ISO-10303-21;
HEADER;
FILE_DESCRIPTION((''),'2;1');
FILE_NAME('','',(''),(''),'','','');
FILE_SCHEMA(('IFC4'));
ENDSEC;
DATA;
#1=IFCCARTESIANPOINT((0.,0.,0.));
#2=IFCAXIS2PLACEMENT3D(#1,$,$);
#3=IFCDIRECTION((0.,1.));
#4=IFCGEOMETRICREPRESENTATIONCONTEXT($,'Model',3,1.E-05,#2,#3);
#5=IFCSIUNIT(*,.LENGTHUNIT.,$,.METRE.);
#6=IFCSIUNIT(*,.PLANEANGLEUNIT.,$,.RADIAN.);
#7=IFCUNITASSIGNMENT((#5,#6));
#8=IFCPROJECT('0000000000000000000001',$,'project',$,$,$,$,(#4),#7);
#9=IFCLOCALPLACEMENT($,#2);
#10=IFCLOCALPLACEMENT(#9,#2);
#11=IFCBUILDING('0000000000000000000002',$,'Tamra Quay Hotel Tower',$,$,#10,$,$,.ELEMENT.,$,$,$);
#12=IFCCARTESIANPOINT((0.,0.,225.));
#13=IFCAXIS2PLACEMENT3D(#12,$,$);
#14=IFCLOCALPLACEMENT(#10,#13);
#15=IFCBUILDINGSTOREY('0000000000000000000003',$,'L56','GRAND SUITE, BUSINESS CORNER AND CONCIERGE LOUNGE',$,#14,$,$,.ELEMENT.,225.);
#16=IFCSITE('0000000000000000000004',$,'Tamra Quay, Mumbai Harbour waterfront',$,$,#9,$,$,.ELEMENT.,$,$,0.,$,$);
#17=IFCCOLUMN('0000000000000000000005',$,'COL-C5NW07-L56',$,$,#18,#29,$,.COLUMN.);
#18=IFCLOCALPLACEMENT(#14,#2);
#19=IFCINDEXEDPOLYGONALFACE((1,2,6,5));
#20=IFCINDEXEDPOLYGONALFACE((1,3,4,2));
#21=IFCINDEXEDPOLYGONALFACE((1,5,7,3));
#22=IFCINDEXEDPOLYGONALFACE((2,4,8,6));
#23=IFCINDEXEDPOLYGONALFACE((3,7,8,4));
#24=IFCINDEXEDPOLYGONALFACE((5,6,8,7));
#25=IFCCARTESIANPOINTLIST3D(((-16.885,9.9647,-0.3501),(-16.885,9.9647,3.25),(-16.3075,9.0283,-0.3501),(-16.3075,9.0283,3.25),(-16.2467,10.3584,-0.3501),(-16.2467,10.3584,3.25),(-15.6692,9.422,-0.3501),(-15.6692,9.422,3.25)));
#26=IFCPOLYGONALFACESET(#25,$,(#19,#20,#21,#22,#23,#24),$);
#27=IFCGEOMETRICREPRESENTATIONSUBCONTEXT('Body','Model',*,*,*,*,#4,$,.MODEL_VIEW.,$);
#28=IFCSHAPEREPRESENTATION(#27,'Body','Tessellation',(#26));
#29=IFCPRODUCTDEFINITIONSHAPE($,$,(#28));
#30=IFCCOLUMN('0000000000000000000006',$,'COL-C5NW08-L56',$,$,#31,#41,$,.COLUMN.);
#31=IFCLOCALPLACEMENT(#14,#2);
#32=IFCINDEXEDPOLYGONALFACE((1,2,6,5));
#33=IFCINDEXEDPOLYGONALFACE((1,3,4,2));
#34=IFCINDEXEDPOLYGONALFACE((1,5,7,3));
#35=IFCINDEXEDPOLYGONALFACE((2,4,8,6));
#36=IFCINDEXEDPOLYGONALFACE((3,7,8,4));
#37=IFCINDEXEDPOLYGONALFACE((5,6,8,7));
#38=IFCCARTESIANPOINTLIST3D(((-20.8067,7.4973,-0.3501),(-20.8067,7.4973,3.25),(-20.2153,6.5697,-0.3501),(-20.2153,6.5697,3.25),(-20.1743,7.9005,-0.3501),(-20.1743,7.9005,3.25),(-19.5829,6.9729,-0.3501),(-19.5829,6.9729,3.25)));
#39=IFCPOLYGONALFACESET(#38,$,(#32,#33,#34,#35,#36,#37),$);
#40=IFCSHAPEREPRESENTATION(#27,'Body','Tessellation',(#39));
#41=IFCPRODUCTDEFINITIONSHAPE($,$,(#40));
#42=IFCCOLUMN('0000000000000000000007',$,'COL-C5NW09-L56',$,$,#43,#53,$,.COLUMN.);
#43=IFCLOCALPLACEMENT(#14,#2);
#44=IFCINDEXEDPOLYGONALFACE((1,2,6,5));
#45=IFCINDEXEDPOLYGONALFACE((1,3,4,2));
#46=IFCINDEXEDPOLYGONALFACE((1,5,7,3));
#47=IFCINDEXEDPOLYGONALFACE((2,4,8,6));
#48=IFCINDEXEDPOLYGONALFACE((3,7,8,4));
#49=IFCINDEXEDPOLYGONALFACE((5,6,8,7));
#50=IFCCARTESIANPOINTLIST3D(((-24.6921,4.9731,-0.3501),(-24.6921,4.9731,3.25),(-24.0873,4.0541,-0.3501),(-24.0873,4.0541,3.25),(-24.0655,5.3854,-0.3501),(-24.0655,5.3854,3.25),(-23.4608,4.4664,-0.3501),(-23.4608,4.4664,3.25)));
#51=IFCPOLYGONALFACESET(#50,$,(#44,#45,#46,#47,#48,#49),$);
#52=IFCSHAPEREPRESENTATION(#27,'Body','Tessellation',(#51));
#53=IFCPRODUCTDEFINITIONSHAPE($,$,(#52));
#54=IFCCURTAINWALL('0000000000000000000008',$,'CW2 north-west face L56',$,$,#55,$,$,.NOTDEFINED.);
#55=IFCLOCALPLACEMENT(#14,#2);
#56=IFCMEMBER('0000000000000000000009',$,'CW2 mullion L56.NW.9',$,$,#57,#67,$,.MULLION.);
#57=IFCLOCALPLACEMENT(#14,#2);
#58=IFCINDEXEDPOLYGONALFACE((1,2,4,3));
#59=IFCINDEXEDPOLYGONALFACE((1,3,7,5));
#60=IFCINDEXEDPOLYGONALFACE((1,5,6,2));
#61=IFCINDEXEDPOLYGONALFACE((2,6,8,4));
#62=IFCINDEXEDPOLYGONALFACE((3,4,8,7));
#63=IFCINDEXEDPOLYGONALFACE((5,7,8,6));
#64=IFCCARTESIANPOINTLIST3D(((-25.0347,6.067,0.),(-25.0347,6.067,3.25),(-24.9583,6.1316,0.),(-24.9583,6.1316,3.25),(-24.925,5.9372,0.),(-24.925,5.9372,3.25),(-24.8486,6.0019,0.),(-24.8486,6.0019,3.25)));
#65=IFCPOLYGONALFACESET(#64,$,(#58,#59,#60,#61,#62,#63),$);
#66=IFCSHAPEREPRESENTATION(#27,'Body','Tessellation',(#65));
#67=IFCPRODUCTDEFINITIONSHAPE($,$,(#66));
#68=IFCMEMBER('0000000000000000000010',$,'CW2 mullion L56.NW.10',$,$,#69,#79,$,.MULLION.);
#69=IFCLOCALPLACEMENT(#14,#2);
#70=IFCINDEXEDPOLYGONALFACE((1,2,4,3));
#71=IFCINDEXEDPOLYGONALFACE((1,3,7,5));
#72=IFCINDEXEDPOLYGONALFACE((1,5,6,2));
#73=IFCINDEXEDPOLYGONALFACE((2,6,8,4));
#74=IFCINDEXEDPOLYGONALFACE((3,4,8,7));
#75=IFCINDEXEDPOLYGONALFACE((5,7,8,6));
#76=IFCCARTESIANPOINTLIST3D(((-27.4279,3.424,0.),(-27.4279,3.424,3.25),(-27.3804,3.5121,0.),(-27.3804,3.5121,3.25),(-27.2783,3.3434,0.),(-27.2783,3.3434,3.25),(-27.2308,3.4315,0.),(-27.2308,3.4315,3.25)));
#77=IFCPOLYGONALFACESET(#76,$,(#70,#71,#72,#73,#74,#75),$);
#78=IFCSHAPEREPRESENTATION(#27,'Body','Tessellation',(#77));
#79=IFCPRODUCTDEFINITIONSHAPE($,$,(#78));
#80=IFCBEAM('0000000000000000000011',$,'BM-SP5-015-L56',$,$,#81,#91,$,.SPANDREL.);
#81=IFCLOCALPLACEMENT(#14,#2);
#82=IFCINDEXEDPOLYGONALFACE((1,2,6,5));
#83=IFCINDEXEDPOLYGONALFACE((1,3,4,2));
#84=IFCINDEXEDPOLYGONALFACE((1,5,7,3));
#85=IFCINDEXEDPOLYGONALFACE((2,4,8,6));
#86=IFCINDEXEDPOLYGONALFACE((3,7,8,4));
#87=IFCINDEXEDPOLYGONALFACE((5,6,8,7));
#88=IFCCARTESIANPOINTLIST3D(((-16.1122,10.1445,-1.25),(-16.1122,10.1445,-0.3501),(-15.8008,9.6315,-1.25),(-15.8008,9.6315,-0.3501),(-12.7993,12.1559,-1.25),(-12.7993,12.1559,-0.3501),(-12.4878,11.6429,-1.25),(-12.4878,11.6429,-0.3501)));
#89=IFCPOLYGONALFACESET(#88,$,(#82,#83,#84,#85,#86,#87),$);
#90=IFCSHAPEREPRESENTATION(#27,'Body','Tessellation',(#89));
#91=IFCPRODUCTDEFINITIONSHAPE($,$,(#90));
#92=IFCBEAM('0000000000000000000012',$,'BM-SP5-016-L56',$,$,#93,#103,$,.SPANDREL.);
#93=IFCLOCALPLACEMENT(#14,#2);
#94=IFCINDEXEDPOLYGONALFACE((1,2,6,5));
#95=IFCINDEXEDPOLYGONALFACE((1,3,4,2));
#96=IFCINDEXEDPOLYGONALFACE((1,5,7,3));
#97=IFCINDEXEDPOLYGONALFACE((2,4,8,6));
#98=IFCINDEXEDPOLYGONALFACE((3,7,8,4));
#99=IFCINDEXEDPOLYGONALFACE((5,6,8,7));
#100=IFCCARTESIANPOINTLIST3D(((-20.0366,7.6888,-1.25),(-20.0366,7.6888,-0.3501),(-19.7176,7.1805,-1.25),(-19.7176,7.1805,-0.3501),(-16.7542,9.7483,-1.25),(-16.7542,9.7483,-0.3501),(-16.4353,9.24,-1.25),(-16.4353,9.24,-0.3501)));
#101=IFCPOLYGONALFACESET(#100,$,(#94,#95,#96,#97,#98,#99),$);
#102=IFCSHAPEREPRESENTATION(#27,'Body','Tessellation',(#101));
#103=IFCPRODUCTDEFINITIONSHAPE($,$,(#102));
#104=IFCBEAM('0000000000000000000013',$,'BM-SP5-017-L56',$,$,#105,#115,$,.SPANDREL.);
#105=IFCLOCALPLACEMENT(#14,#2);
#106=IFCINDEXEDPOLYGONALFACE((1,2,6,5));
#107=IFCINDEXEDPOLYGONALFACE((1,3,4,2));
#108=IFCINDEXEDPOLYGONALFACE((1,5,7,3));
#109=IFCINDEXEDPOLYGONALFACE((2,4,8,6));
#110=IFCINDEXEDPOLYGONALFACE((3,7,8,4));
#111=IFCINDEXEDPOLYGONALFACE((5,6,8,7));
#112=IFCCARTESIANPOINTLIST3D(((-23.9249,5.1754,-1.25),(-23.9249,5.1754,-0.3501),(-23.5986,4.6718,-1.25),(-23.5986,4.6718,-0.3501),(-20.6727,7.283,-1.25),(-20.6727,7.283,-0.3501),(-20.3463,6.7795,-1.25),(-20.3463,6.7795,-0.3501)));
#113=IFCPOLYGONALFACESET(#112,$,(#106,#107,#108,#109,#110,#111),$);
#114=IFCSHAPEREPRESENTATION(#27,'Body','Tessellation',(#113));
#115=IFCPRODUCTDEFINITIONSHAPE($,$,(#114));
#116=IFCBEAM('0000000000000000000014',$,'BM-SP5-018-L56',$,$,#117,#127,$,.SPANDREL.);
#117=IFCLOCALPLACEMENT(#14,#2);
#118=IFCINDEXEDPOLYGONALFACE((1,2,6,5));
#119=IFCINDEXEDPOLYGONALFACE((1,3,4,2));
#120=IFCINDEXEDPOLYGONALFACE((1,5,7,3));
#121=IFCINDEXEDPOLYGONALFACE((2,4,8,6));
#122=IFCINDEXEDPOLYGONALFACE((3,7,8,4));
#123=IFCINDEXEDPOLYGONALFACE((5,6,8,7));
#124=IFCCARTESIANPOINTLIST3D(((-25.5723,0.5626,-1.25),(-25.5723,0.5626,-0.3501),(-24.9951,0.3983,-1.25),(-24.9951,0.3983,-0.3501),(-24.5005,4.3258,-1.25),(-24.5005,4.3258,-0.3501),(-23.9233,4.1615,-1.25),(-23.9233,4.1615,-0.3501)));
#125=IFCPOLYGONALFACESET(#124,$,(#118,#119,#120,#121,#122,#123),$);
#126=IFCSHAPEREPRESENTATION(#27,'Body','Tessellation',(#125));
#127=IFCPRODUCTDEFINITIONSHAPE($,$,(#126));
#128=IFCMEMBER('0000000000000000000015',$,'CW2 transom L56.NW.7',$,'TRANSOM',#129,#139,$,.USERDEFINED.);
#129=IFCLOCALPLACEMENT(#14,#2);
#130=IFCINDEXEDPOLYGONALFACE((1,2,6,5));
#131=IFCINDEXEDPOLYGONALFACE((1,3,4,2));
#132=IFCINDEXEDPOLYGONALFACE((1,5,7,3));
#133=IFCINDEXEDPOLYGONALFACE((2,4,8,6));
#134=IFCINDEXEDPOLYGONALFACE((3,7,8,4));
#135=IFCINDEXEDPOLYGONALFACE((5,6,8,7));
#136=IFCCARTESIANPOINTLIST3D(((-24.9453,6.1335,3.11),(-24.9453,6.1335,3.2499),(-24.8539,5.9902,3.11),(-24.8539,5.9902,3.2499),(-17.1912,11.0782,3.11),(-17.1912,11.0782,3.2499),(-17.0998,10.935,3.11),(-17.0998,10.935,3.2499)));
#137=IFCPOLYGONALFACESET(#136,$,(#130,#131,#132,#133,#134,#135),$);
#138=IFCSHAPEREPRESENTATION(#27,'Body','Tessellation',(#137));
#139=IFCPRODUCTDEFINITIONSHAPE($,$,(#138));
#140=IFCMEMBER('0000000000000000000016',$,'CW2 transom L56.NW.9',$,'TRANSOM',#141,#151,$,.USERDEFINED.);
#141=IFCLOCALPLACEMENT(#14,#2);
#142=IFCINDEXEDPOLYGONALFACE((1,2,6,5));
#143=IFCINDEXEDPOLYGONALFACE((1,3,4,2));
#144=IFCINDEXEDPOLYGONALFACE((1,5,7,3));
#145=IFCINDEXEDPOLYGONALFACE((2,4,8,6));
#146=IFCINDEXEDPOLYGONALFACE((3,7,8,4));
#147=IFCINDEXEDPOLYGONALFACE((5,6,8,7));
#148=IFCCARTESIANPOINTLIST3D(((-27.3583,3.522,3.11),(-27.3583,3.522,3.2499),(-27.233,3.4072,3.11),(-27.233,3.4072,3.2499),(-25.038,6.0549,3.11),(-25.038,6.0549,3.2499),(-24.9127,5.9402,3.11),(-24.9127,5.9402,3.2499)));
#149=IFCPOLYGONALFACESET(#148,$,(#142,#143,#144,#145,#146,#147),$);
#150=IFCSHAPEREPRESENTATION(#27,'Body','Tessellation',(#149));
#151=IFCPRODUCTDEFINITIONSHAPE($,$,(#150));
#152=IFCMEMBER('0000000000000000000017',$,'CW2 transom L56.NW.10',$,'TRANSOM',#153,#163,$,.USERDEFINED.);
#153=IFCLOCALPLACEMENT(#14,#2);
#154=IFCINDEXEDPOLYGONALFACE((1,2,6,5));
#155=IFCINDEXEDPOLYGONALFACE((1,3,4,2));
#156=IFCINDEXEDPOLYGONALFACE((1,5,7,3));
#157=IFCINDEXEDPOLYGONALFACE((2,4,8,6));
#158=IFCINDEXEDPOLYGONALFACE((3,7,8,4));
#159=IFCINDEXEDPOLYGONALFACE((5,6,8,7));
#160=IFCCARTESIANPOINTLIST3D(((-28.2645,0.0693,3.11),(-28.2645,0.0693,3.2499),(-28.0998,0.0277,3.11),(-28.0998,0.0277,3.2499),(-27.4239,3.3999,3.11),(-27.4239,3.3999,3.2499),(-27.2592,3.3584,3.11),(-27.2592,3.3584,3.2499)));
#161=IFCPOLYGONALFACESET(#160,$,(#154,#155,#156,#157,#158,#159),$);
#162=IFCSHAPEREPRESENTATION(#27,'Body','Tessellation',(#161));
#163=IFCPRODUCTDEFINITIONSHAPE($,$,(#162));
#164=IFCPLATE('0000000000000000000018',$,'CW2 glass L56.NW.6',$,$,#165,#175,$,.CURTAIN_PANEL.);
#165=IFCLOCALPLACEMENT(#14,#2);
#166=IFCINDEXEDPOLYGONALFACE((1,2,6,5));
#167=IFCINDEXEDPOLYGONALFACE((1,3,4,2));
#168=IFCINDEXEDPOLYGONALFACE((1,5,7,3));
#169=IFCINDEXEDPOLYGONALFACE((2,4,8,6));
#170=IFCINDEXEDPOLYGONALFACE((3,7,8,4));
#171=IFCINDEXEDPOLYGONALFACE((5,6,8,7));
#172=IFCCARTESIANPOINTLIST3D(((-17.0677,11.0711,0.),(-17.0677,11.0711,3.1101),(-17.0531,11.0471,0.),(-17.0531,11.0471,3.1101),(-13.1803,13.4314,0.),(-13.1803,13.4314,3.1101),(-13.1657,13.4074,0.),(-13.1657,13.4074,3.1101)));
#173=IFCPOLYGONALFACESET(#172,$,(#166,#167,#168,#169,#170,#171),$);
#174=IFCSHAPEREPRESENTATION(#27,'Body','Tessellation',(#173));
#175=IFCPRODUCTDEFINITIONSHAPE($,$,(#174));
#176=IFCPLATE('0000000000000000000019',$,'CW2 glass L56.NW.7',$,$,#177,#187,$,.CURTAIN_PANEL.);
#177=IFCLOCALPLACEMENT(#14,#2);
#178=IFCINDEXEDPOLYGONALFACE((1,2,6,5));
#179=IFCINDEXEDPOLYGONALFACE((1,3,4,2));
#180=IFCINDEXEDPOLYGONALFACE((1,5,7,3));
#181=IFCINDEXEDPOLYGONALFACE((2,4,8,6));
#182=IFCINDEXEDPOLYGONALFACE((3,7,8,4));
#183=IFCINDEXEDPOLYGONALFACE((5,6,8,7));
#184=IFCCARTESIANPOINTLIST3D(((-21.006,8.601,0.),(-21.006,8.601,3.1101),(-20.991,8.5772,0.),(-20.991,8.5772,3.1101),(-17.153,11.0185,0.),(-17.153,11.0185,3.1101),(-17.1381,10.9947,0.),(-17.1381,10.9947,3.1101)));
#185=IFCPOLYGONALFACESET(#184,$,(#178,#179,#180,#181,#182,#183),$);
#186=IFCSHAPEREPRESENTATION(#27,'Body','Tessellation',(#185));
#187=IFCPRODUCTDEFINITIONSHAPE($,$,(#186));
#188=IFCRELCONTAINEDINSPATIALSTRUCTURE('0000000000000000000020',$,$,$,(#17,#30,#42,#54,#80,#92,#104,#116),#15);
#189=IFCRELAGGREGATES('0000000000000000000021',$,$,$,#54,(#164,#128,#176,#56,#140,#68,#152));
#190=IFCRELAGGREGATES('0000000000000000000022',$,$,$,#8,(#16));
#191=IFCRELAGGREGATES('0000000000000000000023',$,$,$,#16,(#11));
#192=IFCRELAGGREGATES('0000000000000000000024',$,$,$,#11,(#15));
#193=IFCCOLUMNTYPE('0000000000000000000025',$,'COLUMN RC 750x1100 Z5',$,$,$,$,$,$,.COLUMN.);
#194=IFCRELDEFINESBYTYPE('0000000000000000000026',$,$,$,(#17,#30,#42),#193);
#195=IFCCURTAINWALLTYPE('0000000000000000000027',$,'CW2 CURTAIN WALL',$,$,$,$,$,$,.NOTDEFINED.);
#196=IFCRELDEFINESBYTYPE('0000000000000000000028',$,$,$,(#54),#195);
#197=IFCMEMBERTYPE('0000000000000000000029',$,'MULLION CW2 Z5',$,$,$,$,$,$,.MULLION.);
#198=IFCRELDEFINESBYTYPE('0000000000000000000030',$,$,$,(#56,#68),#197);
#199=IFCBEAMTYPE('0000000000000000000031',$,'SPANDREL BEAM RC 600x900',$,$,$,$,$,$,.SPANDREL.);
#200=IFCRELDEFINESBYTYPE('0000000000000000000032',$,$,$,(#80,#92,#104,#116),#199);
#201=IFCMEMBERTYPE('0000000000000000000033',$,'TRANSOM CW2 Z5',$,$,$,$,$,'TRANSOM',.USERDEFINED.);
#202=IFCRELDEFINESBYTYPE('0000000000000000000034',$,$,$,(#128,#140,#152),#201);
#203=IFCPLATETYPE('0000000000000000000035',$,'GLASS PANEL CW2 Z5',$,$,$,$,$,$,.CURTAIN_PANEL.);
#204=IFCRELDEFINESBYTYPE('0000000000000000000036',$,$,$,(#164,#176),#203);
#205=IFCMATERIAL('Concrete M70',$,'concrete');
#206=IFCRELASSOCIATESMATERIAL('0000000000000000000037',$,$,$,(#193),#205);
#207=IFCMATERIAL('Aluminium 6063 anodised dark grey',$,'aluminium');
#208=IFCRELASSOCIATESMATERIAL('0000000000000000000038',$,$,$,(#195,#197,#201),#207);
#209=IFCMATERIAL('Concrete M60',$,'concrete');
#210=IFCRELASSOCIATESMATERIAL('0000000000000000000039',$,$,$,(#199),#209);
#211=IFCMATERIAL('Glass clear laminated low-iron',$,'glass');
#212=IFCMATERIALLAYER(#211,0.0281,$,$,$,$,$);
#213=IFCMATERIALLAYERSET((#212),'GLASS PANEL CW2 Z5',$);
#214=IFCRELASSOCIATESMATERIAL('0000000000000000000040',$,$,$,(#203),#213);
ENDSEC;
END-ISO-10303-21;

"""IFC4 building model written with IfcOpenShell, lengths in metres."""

from ifc_helpers import new_model, si_unit, direction, frame, origin, origin_2d, place, context, subcontext, project, spatial, rectangle, extrude, material, layer, layer_set, material_profile, profile_set, type_object, element, aggregate, save


model = new_model("IFC4")

# Units and contexts
model_context = context("Model", 3, precision=1e-05, world=origin(), true_north=direction((0.0, 1.0)))
body_context = subcontext(model_context, "Body", "Model", "MODEL_VIEW")
ifc_project = project(units=[si_unit("LENGTHUNIT", "METRE"), si_unit("PLANEANGLEUNIT", "RADIAN")], contexts=[model_context])

# Site, building, storey
site_placement = place(None, origin())
site = spatial("IfcSite", under=ifc_project, at=site_placement, Name="Tamra Quay, Mumbai Harbour waterfront", CompositionType="ELEMENT", RefElevation=0.0)
building_placement = place(site_placement, origin())
building = spatial("IfcBuilding", under=site, at=building_placement, Name="Tamra Quay Hotel Tower", CompositionType="ELEMENT")
storey_placement = place(building_placement, frame((0.0, 0.0, 225.0)))
storey = spatial("IfcBuildingStorey", under=building, at=storey_placement, Name="L56", Description="GRAND SUITE, BUSINESS CORNER AND CONCIERGE LOUNGE", CompositionType="ELEMENT", Elevation=225.0)

# Columns
ifc_material_1 = material(Name="Concrete M70", Category="concrete")
ifc_material_profile_1 = material_profile(ifc_material_1, rectangle(XDim=1.1001, YDim=0.75, at=origin_2d()), Name="COLUMN RC 750x1100 Z5")
ifc_profile_set_1 = profile_set([ifc_material_profile_1], Name="Concrete M70")
column_type = type_object("IfcColumnType", Name="COLUMN RC 750x1100 Z5", PredefinedType="COLUMN", material=ifc_profile_set_1)
for number, where, z_axis, x_axis, name in (
    (1, (-16.2771, 9.6934, -0.3501), (0.0, 0.0, 1.0), (-0.524928, 0.851147, 0.0), "COL-C5NW07-L56"),
    (2, (-20.1948, 7.2351, -0.3501), (0.0, 0.0, 1.0), (-0.537585, 0.843209, 0.0), "COL-C5NW08-L56"),
    (3, (-24.0764, 4.7197, -0.3501), (0.0, 0.0, 1.0), (-0.549739, 0.835337, 0.0), "COL-C5NW09-L56"),
):
    element("IfcColumn", number, at=place(storey_placement, frame(where, z_axis=z_axis, x_axis=x_axis)), inside=storey, type_object=column_type, Name=name, PredefinedType="COLUMN", context=body_context, shape_type="SweptSolid", body=[
        extrude(rectangle(XDim=1.1001, YDim=0.75, at=origin_2d()), origin(), (0.0, 0.0, 1.0), 3.6001),
    ])

# Curtain wall, members
ifc_material_2 = material(Name="Aluminium 6063 anodised dark grey", Category="aluminium")
curtain_wall_type = type_object("IfcCurtainWallType", Name="CW2 CURTAIN WALL", PredefinedType="NOTDEFINED", material=ifc_material_2)
curtain_wall_placement = place(storey_placement, origin())
curtain_wall = element("IfcCurtainWall", 4, at=curtain_wall_placement, inside=storey, type_object=curtain_wall_type, Name="CW2 north-west face L56", PredefinedType="NOTDEFINED")
ifc_material_profile_2 = material_profile(ifc_material_2, rectangle(XDim=0.1699, YDim=0.1001, at=origin_2d()), Name="MULLION 100X170")
ifc_profile_set_2 = profile_set([ifc_material_profile_2], Name="Aluminium 6063 anodised dark grey")
member_type_1 = type_object("IfcMemberType", Name="MULLION CW2 Z5", PredefinedType="MULLION", material=ifc_profile_set_2)
member_1_placement = place(storey_placement, frame((-24.9417, 6.0344, 0.0), z_axis=(0.0, 0.0, 1.0), x_axis=(-0.645846, 0.763467, 0.0)))
member_1 = element("IfcMember", 5, at=member_1_placement, type_object=member_type_1, Name="CW2 mullion L56.NW.9", PredefinedType="MULLION", context=body_context, shape_type="SweptSolid", body=[
    extrude(rectangle(XDim=0.1699, YDim=0.1001, at=origin_2d()), origin(), (0.0, 0.0, 1.0), 3.25),
])
member_2_placement = place(storey_placement, frame((-27.3293, 3.4277, 0.0), z_axis=(0.0, 0.0, 1.0), x_axis=(-0.880267, 0.474479, 0.0)))
member_2 = element("IfcMember", 6, at=member_2_placement, type_object=member_type_1, Name="CW2 mullion L56.NW.10", PredefinedType="MULLION", context=body_context, shape_type="SweptSolid", body=[
    extrude(rectangle(XDim=0.1699, YDim=0.1001, at=origin_2d()), origin(), (0.0, 0.0, 1.0), 3.25),
])

# Beams
ifc_material_3 = material(Name="Concrete M60", Category="concrete")
ifc_material_profile_3 = material_profile(ifc_material_3, rectangle(XDim=0.6001, YDim=0.8999, at=origin_2d()), Name="SPANDREL BEAM RC 600x900")
ifc_profile_set_3 = profile_set([ifc_material_profile_3], Name="Concrete M60")
beam_type = type_object("IfcBeamType", Name="SPANDREL BEAM RC 600x900", PredefinedType="SPANDREL", material=ifc_profile_set_3)
beam_1_placement = place(storey_placement, frame((-12.6436, 11.8994, -0.8), z_axis=(-0.854786, -0.518981, 0.0), x_axis=(0.518981, -0.854786, 0.0)))
element("IfcBeam", 7, at=beam_1_placement, inside=storey, type_object=beam_type, Name="BM-SP5-015-L56", PredefinedType="SPANDREL", context=body_context, shape_type="SweptSolid", body=[
    extrude(rectangle(XDim=0.6001, YDim=0.8999, at=origin_2d()), origin(), (0.0, 0.0, 1.0), 3.8757),
])
beam_2_placement = place(storey_placement, frame((-16.5947, 9.4941, -0.8), z_axis=(-0.847066, -0.531488, 0.0), x_axis=(0.531488, -0.847066, 0.0)))
element("IfcBeam", 8, at=beam_2_placement, inside=storey, type_object=beam_type, Name="BM-SP5-016-L56", PredefinedType="SPANDREL", context=body_context, shape_type="SweptSolid", body=[
    extrude(rectangle(XDim=0.6001, YDim=0.8999, at=origin_2d()), origin(), (0.0, 0.0, 1.0), 3.875),
])
beam_3_placement = place(storey_placement, frame((-20.5095, 7.0312, -0.8), z_axis=(-0.839181, -0.543852, 0.0), x_axis=(0.543852, -0.839181, 0.0)))
element("IfcBeam", 9, at=beam_3_placement, inside=storey, type_object=beam_type, Name="BM-SP5-017-L56", PredefinedType="SPANDREL", context=body_context, shape_type="SweptSolid", body=[
    extrude(rectangle(XDim=0.6001, YDim=0.8999, at=origin_2d()), origin(), (0.0, 0.0, 1.0), 3.8755),
])
beam_4_placement = place(storey_placement, frame((-24.2119, 4.2437, -0.8), z_axis=(-0.273913, -0.961754, 0.0), x_axis=(0.961754, -0.273913, 0.0)))
element("IfcBeam", 10, at=beam_4_placement, inside=storey, type_object=beam_type, Name="BM-SP5-018-L56", PredefinedType="SPANDREL", context=body_context, shape_type="SweptSolid", body=[
    extrude(rectangle(XDim=0.6001, YDim=0.8999, at=origin_2d()), origin(), (0.0, 0.0, 1.0), 3.9128),
])

# Members
ifc_material_profile_4 = material_profile(ifc_material_2, rectangle(XDim=0.1699, YDim=0.1399, at=origin_2d()), Name="TRANSOM 170X140")
ifc_profile_set_4 = profile_set([ifc_material_profile_4], Name="Aluminium 6063 anodised dark grey")
member_type_2 = type_object("IfcMemberType", Name="TRANSOM CW2 Z5", ElementType="TRANSOM", PredefinedType="USERDEFINED", material=ifc_profile_set_4)
member_3_placement = place(storey_placement, frame((-17.1455, 11.0066, 3.1799), z_axis=(-0.843151, -0.537677, 0.0), x_axis=(0.537677, -0.843151, 0.0)))
member_3 = element("IfcMember", 11, at=member_3_placement, type_object=member_type_2, Name="CW2 transom L56.NW.7", ObjectType="TRANSOM", PredefinedType="USERDEFINED", context=body_context, shape_type="SweptSolid", body=[
    extrude(rectangle(XDim=0.1699, YDim=0.1399, at=origin_2d()), origin(), (0.0, 0.0, 1.0), 9.1965),
])
member_4_placement = place(storey_placement, frame((-24.9753, 5.9976, 3.1799), z_axis=(-0.675477, -0.737381, 0.0), x_axis=(0.737381, -0.675477, 0.0)))
member_4 = element("IfcMember", 12, at=member_4_placement, type_object=member_type_2, Name="CW2 transom L56.NW.9", ObjectType="TRANSOM", PredefinedType="USERDEFINED", context=body_context, shape_type="SweptSolid", body=[
    extrude(rectangle(XDim=0.1699, YDim=0.1399, at=origin_2d()), origin(), (0.0, 0.0, 1.0), 3.4351),
])
member_5_placement = place(storey_placement, frame((-27.3416, 3.3792, 3.1799), z_axis=(-0.244709, -0.969597, 0.0), x_axis=(0.969597, -0.244709, 0.0)))
member_5 = element("IfcMember", 13, at=member_5_placement, type_object=member_type_2, Name="CW2 transom L56.NW.10", ObjectType="TRANSOM", PredefinedType="USERDEFINED", context=body_context, shape_type="SweptSolid", body=[
    extrude(rectangle(XDim=0.1699, YDim=0.1399, at=origin_2d()), origin(), (0.0, 0.0, 1.0), 3.4351),
])

# Plates
ifc_material_4 = material(Name="Glass clear laminated low-iron", Category="glass")
ifc_layer_1 = layer(ifc_material_4, 0.0281)
ifc_layer_set_1 = layer_set([ifc_layer_1], Name="GLASS PANEL CW2 Z5")
plate_type = type_object("IfcPlateType", Name="GLASS PANEL CW2 Z5", PredefinedType="CURTAIN_PANEL", material=ifc_layer_set_1)
plate_1_placement = place(storey_placement, frame((-15.1167, 12.2393, 0.0), z_axis=(0.0, 0.0, 1.0), x_axis=(-0.854783, -0.518985, 0.0)))
plate_1 = element("IfcPlate", 14, at=plate_1_placement, type_object=plate_type, Name="CW2 glass L56.NW.6", PredefinedType="CURTAIN_PANEL", context=body_context, shape_type="SweptSolid", body=[
    extrude(rectangle(XDim=4.5479, YDim=0.0281, at=origin_2d()), origin(), (0.0, 0.0, 1.0), 3.1101),
])
plate_2_placement = place(storey_placement, frame((-19.072, 9.7979, 0.0), z_axis=(0.0, 0.0, 1.0), x_axis=(-0.847068, -0.531484, 0.0)))
plate_2 = element("IfcPlate", 15, at=plate_2_placement, type_object=plate_type, Name="CW2 glass L56.NW.7", PredefinedType="CURTAIN_PANEL", context=body_context, shape_type="SweptSolid", body=[
    extrude(rectangle(XDim=4.5486, YDim=0.0281, at=origin_2d()), origin(), (0.0, 0.0, 1.0), 3.1101),
])
aggregate(curtain_wall, [plate_1, member_3, plate_2, member_1, member_4, member_2, member_5])

save(model, "model.ifc")
